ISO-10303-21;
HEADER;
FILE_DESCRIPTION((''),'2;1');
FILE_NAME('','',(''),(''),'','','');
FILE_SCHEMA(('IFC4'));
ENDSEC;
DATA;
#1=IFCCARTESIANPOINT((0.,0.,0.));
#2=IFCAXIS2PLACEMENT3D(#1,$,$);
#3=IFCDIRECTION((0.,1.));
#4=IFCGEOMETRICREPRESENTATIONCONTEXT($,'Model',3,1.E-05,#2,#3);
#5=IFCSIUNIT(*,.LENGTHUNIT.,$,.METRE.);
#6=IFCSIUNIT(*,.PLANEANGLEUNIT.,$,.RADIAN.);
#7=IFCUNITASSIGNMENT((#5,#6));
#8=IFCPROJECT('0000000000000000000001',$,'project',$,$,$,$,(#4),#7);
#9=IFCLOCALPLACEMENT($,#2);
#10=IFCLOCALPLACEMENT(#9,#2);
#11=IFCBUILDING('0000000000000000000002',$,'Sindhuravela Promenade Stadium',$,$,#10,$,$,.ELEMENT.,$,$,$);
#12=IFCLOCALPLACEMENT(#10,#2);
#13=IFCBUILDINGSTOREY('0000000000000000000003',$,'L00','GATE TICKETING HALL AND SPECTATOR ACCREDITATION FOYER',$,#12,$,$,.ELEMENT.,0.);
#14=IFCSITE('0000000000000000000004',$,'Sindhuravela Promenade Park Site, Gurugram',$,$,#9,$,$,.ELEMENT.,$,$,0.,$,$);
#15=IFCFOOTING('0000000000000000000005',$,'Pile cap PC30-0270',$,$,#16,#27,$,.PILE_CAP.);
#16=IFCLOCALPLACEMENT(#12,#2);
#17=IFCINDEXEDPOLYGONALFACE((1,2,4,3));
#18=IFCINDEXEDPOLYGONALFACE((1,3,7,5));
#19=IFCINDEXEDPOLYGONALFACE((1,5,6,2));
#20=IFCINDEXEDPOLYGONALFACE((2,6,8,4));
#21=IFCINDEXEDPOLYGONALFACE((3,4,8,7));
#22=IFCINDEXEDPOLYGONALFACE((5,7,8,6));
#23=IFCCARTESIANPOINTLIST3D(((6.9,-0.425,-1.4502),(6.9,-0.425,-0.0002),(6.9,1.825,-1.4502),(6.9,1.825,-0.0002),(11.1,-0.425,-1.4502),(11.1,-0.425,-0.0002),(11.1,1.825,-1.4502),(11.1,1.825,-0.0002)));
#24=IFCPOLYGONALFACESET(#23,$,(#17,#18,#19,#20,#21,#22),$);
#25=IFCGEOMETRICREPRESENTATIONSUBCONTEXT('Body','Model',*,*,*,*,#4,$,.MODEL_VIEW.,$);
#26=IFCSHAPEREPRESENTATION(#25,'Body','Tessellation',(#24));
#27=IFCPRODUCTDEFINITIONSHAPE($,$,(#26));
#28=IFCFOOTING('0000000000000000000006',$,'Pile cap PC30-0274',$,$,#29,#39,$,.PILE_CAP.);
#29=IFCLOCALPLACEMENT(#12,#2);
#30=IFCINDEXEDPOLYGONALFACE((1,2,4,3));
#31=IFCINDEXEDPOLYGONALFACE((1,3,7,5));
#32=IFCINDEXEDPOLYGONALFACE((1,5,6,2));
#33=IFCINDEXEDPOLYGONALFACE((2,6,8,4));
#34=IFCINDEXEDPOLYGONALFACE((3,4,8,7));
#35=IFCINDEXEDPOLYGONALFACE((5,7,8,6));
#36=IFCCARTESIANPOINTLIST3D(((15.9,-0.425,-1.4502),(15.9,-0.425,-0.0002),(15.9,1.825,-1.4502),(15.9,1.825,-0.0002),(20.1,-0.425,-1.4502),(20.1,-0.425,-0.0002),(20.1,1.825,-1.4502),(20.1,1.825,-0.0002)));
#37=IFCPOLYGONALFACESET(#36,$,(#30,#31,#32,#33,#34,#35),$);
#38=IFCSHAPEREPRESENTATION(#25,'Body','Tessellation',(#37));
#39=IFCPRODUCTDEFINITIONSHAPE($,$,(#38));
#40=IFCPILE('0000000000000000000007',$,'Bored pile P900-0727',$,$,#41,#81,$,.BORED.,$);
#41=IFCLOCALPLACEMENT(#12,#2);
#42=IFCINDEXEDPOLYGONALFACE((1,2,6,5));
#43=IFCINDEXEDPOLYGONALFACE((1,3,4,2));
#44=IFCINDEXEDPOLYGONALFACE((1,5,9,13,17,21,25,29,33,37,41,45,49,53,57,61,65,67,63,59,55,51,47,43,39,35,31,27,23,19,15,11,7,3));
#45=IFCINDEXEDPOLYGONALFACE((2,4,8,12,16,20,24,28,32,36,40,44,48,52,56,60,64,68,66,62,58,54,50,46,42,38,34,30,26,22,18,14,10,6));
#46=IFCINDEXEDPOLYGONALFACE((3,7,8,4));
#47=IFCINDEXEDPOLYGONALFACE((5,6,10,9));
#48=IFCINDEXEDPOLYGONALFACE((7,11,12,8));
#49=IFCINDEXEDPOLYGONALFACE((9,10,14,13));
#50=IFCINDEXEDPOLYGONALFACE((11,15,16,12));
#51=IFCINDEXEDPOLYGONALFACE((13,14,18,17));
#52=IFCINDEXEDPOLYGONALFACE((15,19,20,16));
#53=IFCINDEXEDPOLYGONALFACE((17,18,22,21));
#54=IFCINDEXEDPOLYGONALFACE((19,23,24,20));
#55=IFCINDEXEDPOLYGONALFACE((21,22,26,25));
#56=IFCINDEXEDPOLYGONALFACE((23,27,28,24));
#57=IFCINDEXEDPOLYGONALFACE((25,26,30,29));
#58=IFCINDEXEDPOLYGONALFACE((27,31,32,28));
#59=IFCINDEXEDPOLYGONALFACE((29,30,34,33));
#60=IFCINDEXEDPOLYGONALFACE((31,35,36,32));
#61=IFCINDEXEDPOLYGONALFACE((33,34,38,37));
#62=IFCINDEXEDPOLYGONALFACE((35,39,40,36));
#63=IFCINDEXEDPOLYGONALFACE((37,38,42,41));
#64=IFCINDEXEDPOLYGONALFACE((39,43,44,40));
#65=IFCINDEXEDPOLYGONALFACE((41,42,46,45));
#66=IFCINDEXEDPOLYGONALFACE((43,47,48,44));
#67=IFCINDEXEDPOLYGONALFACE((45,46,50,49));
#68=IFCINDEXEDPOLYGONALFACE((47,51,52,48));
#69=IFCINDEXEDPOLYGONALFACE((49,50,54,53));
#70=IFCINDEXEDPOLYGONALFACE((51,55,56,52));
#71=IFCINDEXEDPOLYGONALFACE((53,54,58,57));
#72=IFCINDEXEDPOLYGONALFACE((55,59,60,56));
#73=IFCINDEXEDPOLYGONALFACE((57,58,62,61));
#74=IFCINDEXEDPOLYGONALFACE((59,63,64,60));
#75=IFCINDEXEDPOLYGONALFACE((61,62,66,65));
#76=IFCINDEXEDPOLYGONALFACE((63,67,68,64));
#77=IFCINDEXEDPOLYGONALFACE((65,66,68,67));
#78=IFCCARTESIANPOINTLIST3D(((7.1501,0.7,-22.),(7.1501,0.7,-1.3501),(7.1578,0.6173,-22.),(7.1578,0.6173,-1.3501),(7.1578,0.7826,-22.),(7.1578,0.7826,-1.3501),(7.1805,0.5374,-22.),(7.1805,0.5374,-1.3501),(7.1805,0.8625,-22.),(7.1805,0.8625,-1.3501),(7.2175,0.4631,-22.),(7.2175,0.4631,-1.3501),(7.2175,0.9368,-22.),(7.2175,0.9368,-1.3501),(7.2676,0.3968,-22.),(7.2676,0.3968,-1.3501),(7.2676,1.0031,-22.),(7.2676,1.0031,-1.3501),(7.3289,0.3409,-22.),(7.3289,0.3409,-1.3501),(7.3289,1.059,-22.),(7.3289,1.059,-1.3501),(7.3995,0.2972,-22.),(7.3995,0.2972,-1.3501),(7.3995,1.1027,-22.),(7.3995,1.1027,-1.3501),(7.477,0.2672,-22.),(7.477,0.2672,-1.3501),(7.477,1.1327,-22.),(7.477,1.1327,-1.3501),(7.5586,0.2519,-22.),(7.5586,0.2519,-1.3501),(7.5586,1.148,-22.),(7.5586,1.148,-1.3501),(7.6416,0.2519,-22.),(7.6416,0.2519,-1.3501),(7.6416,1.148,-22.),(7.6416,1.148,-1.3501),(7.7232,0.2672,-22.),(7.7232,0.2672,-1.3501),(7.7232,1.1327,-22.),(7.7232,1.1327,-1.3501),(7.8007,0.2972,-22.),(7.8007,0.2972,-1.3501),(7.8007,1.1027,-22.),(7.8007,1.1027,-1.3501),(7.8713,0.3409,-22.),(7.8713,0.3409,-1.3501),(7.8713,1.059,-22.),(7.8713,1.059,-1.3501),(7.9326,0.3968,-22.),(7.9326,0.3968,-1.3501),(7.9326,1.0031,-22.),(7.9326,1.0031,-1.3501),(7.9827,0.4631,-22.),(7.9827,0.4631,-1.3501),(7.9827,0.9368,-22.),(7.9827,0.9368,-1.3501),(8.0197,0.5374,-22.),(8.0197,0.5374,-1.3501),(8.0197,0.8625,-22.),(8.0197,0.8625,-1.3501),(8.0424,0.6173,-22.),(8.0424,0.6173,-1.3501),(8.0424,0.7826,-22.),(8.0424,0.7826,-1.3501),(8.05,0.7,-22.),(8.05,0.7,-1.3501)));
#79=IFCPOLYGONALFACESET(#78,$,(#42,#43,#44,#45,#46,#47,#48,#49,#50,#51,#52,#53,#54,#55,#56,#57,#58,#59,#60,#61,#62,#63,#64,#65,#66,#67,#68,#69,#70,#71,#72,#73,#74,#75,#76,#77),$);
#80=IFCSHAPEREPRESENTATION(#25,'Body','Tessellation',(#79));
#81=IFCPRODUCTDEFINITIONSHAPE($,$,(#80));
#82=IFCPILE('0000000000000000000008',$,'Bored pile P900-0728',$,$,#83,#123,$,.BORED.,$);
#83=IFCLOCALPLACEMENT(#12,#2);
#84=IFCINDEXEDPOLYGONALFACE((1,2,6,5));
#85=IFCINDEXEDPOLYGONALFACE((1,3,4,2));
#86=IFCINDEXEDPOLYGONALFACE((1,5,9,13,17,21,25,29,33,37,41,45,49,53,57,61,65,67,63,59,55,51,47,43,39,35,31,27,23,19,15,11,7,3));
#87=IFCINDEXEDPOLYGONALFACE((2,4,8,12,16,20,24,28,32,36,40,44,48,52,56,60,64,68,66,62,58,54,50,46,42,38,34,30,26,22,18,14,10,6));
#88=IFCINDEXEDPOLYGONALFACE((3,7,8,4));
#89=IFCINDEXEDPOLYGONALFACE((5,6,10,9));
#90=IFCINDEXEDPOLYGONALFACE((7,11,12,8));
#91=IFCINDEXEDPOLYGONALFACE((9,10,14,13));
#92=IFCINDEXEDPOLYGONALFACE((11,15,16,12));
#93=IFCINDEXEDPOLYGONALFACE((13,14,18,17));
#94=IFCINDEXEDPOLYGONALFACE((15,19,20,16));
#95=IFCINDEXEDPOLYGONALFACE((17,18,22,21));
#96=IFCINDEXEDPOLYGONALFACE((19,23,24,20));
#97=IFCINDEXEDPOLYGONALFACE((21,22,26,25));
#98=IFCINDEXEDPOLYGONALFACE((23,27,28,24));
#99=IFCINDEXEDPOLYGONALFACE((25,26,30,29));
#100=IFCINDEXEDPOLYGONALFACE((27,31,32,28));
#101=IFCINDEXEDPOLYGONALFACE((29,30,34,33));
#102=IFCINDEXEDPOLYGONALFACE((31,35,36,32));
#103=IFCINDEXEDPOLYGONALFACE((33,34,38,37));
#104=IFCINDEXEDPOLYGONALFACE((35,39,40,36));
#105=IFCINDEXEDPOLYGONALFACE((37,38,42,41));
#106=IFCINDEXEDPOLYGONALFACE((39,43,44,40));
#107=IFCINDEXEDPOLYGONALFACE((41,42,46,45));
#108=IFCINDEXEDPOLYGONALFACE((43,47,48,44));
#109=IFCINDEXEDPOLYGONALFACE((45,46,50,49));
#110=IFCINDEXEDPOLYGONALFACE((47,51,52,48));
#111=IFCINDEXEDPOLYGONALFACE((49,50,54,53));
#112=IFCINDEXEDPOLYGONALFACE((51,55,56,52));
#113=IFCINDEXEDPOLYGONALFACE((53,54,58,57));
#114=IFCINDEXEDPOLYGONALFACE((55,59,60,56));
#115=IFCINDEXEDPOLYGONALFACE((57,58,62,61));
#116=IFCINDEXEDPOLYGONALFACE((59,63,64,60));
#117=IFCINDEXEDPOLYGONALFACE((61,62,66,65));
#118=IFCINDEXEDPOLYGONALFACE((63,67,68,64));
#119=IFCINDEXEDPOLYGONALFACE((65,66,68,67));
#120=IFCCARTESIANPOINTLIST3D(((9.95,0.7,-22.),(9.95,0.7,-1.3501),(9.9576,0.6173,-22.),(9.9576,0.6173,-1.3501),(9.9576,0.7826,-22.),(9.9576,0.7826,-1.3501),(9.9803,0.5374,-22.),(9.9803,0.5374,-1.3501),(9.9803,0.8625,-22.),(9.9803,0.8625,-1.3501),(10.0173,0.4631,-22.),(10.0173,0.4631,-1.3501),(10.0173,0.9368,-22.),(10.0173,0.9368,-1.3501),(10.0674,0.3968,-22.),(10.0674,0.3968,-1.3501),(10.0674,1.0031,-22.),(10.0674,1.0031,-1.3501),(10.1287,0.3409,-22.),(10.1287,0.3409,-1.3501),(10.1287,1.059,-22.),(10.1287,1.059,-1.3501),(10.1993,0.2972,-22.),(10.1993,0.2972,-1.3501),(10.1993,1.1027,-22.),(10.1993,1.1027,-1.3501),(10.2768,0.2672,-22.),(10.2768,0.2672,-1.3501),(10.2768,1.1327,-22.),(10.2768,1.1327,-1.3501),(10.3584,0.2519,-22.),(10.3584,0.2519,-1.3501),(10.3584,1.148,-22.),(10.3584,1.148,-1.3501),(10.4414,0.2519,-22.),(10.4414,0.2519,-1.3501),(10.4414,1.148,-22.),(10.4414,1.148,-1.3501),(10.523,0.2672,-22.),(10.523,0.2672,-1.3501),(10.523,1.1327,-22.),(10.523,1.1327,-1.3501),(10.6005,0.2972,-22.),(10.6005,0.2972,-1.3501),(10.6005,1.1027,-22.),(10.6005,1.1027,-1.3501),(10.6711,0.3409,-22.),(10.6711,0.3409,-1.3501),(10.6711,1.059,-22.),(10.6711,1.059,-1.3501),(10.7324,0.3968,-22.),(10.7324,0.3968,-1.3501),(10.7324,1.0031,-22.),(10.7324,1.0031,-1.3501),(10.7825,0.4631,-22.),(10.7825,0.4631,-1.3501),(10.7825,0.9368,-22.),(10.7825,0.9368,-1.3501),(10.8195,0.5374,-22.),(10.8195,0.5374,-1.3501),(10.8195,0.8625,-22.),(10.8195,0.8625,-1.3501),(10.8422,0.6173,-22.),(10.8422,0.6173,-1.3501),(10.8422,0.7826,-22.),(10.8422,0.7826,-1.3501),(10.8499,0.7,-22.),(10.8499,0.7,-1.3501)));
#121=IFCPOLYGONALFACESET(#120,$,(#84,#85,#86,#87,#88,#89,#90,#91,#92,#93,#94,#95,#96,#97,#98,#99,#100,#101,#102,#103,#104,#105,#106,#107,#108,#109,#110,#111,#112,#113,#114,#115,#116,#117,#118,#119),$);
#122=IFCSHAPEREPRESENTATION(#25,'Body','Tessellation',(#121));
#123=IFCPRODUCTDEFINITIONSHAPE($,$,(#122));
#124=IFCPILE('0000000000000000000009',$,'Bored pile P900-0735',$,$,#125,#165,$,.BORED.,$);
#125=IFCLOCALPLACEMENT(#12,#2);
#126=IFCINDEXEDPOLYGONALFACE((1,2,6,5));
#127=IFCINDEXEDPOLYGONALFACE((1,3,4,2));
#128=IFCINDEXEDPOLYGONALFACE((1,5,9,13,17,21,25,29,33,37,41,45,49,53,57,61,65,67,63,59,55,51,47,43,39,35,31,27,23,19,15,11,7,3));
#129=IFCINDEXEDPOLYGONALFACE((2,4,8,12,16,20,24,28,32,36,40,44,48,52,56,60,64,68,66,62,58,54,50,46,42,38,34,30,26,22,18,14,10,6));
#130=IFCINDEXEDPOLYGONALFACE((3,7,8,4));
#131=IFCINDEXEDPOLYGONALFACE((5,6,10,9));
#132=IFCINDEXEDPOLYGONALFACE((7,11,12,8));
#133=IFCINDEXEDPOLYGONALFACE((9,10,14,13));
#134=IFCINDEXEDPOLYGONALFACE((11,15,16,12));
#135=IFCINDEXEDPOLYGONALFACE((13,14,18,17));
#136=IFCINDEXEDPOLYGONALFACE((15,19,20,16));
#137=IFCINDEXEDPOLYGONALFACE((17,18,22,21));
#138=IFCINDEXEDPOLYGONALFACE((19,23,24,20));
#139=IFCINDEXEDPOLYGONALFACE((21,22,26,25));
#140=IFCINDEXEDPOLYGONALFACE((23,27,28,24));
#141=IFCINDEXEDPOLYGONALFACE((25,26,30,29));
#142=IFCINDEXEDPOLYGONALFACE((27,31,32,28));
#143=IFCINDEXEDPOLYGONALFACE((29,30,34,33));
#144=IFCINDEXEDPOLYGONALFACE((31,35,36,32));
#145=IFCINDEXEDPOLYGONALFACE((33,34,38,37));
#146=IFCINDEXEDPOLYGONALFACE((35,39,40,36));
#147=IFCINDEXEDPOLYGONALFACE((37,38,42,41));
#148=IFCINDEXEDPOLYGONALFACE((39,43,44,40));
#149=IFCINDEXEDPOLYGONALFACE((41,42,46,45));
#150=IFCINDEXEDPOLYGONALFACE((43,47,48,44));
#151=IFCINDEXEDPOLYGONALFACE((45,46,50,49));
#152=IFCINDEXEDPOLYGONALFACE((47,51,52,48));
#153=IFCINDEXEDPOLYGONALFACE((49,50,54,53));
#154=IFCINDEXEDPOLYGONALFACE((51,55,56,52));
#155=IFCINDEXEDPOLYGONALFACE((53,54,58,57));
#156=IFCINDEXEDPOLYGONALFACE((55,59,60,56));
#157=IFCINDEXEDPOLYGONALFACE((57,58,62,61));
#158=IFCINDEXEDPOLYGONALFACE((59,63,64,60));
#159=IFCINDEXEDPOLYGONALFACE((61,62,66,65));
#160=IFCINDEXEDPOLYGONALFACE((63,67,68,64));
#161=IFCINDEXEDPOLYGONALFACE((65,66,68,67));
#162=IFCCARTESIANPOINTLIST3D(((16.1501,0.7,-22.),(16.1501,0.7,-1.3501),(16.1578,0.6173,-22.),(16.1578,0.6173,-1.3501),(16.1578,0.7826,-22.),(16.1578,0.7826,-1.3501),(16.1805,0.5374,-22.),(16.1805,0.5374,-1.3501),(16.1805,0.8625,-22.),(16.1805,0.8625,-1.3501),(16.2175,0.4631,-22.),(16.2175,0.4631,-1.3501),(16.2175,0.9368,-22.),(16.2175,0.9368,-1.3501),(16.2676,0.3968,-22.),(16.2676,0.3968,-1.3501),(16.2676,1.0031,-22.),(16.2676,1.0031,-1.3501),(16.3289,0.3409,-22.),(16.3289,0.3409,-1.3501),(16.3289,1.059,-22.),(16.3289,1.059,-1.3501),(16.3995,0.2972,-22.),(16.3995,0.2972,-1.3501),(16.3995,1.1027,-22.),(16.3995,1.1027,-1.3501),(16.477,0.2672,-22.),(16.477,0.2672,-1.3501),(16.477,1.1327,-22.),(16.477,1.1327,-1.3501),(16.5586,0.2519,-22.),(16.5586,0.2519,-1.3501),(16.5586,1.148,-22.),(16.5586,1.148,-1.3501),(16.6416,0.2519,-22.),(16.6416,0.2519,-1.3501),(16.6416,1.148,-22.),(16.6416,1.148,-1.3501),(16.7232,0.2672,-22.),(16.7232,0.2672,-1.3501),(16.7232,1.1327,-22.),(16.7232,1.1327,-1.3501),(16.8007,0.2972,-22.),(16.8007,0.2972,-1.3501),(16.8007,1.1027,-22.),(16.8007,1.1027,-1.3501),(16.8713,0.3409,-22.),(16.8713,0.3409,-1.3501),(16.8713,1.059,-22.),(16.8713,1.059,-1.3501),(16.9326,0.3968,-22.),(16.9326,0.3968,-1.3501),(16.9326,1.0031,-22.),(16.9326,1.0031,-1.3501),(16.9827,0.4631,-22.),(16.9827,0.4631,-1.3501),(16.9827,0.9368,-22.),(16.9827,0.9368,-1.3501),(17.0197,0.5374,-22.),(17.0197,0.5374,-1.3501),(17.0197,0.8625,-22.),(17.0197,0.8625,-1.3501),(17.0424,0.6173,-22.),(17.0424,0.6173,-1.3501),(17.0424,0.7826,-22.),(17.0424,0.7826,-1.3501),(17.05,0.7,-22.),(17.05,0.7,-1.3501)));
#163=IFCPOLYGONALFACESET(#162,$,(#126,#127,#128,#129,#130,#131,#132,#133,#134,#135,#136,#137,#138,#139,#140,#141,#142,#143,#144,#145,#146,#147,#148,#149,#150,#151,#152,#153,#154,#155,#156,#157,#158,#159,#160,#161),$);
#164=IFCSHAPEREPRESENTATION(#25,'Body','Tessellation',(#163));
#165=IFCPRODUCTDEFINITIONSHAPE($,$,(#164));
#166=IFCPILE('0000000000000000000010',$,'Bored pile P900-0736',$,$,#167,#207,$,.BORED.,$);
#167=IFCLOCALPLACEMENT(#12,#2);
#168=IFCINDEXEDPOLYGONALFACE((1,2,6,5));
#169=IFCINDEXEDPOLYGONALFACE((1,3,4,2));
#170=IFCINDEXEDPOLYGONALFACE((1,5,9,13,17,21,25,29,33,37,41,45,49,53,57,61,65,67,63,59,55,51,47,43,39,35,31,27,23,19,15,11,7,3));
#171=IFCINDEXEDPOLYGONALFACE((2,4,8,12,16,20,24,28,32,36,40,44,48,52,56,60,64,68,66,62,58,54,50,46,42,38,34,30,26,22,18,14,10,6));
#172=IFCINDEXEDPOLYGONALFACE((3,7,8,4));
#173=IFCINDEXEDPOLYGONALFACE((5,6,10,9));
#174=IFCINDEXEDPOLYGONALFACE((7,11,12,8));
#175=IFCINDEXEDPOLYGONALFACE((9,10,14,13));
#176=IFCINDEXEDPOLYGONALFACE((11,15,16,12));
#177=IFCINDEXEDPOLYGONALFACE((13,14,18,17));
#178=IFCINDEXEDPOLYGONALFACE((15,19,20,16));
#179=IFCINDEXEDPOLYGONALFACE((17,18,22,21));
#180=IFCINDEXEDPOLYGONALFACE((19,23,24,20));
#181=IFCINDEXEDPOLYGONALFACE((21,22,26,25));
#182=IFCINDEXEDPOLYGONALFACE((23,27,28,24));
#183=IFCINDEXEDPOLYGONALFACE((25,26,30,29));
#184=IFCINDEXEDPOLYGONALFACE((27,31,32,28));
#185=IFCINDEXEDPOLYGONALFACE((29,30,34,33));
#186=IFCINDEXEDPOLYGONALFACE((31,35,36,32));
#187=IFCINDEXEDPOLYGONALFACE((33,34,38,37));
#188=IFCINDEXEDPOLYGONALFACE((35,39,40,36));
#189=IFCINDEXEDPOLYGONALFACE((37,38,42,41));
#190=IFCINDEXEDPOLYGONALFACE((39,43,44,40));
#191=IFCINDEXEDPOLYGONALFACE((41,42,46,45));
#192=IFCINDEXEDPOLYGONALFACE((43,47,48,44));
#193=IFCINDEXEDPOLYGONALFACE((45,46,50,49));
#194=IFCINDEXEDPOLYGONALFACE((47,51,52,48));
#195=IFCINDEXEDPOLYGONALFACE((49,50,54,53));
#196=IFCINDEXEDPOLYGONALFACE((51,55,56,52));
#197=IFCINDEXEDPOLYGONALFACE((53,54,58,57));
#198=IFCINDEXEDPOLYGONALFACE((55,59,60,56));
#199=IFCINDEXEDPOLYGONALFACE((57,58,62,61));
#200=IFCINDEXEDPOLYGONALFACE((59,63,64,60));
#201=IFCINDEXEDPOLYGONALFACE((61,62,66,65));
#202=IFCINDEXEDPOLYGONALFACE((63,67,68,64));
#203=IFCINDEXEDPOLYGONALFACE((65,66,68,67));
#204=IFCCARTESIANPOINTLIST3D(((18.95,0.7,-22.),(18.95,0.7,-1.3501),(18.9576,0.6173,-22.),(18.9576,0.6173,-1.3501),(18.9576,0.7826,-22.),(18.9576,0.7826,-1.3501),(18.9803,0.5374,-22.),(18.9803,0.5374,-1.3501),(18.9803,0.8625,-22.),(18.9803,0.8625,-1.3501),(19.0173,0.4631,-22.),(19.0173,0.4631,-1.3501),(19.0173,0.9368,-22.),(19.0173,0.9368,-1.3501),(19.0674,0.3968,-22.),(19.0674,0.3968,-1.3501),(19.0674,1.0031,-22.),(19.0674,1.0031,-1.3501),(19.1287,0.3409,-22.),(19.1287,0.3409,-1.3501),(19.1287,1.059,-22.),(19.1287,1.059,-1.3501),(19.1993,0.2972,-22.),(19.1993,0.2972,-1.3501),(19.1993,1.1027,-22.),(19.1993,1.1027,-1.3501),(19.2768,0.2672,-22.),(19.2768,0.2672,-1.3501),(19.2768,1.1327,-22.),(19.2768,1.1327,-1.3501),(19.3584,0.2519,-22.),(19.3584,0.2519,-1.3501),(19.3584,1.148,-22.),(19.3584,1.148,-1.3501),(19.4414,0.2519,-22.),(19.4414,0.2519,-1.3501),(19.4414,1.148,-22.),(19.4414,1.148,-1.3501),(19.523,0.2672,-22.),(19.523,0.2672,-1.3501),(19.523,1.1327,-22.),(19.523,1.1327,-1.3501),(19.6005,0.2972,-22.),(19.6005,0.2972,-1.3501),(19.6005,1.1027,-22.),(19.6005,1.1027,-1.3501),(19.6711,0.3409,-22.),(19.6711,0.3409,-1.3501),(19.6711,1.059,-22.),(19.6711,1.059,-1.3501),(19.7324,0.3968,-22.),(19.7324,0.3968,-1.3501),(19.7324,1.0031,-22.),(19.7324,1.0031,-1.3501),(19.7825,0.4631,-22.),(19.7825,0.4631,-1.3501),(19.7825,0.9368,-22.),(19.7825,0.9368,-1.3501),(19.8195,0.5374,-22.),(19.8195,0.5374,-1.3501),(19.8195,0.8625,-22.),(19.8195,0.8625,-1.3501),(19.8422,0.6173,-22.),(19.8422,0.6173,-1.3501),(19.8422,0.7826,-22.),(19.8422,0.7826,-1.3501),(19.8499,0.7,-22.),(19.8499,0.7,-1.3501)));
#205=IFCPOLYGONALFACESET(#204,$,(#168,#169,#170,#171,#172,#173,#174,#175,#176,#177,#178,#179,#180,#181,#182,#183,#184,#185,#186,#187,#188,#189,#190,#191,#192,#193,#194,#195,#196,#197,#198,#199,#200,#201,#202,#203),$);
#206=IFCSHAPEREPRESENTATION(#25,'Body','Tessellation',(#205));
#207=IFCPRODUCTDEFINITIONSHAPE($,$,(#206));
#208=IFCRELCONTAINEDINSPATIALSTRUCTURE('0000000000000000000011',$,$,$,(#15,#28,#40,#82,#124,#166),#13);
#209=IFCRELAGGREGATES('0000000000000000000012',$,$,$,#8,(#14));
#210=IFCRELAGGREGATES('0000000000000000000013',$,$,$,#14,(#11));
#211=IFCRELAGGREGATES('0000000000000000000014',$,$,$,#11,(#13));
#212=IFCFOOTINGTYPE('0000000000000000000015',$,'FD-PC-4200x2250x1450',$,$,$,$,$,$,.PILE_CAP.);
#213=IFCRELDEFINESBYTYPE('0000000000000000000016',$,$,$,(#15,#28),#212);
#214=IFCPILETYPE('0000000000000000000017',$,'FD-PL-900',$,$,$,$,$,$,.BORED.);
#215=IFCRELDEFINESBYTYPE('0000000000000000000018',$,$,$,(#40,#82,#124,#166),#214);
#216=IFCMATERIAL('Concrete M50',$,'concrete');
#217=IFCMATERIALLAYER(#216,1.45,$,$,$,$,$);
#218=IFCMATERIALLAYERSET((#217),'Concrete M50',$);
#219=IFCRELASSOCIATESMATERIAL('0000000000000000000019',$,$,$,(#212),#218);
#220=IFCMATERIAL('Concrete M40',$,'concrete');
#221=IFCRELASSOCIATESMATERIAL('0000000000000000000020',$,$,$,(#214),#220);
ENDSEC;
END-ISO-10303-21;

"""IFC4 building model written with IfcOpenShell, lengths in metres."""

from ifc_helpers import new_model, si_unit, direction, frame, origin, origin_2d, place, context, subcontext, project, spatial, rectangle, circle, extrude, material, layer, layer_set, material_profile, profile_set, type_object, element, save


model = new_model("IFC4")

# Units and contexts
model_context = context("Model", 3, precision=1e-05, world=origin(), true_north=direction((0.0, 1.0)))
body_context = subcontext(model_context, "Body", "Model", "MODEL_VIEW")
ifc_project = project(units=[si_unit("LENGTHUNIT", "METRE"), si_unit("PLANEANGLEUNIT", "RADIAN")], contexts=[model_context])

# Site, building, storey
site_placement = place(None, origin())
site = spatial("IfcSite", under=ifc_project, at=site_placement, Name="Sindhuravela Promenade Park Site, Gurugram", CompositionType="ELEMENT", RefElevation=0.0)
building_placement = place(site_placement, origin())
building = spatial("IfcBuilding", under=site, at=building_placement, Name="Sindhuravela Promenade Stadium", CompositionType="ELEMENT")
storey_placement = place(building_placement, origin())
storey = spatial("IfcBuildingStorey", under=building, at=storey_placement, Name="L00", Description="GATE TICKETING HALL AND SPECTATOR ACCREDITATION FOYER", CompositionType="ELEMENT", Elevation=0.0)

# Footings
ifc_material_1 = material(Name="Concrete M50", Category="concrete")
ifc_layer_1 = layer(ifc_material_1, 1.45)
ifc_layer_set_1 = layer_set([ifc_layer_1], Name="Concrete M50")
footing_type = type_object("IfcFootingType", Name="FD-PC-4200x2250x1450", PredefinedType="PILE_CAP", material=ifc_layer_set_1)
for number, where, z_axis, x_axis, name in (
    (1, (9.0, 0.7, -1.4502), (0.0, 0.0, 1.0), (1.0, 0.0, 0.0), "Pile cap PC30-0270"),
    (2, (18.0, 0.7, -1.4502), (0.0, 0.0, 1.0), (1.0, 0.0, 0.0), "Pile cap PC30-0274"),
):
    element("IfcFooting", number, at=place(storey_placement, frame(where, z_axis=z_axis, x_axis=x_axis)), inside=storey, type_object=footing_type, Name=name, PredefinedType="PILE_CAP", context=body_context, shape_type="SweptSolid", body=[
        extrude(rectangle(XDim=4.2, YDim=2.25, at=origin_2d()), origin(), (0.0, 0.0, 1.0), 1.45),
    ])

# Piles
ifc_material_2 = material(Name="Concrete M40", Category="concrete")
ifc_material_profile_1 = material_profile(ifc_material_2, circle(Radius=0.45, at=origin_2d()), Name="BORED PILE D900")
ifc_profile_set_1 = profile_set([ifc_material_profile_1], Name="Concrete M40")
pile_type = type_object("IfcPileType", Name="FD-PL-900", PredefinedType="BORED", material=ifc_profile_set_1)
for number, where, z_axis, x_axis, name in (
    (3, (7.6001, 0.7, -1.3501), (0.0, 0.0, -1.0), (1.0, 0.0, 0.0), "Bored pile P900-0727"),
    (4, (10.3999, 0.7, -1.3501), (0.0, 0.0, -1.0), (1.0, 0.0, 0.0), "Bored pile P900-0728"),
    (5, (16.6001, 0.7, -1.3501), (0.0, 0.0, -1.0), (1.0, 0.0, 0.0), "Bored pile P900-0735"),
    (6, (19.3999, 0.7, -1.3501), (0.0, 0.0, -1.0), (1.0, 0.0, 0.0), "Bored pile P900-0736"),
):
    element("IfcPile", number, at=place(storey_placement, frame(where, z_axis=z_axis, x_axis=x_axis)), inside=storey, type_object=pile_type, Name=name, PredefinedType="BORED", context=body_context, shape_type="SweptSolid", body=[
        extrude(circle(Radius=0.45, at=origin_2d()), origin(), (0.0, 0.0, 1.0), 20.6499),
    ])

save(model, "model.ifc")
